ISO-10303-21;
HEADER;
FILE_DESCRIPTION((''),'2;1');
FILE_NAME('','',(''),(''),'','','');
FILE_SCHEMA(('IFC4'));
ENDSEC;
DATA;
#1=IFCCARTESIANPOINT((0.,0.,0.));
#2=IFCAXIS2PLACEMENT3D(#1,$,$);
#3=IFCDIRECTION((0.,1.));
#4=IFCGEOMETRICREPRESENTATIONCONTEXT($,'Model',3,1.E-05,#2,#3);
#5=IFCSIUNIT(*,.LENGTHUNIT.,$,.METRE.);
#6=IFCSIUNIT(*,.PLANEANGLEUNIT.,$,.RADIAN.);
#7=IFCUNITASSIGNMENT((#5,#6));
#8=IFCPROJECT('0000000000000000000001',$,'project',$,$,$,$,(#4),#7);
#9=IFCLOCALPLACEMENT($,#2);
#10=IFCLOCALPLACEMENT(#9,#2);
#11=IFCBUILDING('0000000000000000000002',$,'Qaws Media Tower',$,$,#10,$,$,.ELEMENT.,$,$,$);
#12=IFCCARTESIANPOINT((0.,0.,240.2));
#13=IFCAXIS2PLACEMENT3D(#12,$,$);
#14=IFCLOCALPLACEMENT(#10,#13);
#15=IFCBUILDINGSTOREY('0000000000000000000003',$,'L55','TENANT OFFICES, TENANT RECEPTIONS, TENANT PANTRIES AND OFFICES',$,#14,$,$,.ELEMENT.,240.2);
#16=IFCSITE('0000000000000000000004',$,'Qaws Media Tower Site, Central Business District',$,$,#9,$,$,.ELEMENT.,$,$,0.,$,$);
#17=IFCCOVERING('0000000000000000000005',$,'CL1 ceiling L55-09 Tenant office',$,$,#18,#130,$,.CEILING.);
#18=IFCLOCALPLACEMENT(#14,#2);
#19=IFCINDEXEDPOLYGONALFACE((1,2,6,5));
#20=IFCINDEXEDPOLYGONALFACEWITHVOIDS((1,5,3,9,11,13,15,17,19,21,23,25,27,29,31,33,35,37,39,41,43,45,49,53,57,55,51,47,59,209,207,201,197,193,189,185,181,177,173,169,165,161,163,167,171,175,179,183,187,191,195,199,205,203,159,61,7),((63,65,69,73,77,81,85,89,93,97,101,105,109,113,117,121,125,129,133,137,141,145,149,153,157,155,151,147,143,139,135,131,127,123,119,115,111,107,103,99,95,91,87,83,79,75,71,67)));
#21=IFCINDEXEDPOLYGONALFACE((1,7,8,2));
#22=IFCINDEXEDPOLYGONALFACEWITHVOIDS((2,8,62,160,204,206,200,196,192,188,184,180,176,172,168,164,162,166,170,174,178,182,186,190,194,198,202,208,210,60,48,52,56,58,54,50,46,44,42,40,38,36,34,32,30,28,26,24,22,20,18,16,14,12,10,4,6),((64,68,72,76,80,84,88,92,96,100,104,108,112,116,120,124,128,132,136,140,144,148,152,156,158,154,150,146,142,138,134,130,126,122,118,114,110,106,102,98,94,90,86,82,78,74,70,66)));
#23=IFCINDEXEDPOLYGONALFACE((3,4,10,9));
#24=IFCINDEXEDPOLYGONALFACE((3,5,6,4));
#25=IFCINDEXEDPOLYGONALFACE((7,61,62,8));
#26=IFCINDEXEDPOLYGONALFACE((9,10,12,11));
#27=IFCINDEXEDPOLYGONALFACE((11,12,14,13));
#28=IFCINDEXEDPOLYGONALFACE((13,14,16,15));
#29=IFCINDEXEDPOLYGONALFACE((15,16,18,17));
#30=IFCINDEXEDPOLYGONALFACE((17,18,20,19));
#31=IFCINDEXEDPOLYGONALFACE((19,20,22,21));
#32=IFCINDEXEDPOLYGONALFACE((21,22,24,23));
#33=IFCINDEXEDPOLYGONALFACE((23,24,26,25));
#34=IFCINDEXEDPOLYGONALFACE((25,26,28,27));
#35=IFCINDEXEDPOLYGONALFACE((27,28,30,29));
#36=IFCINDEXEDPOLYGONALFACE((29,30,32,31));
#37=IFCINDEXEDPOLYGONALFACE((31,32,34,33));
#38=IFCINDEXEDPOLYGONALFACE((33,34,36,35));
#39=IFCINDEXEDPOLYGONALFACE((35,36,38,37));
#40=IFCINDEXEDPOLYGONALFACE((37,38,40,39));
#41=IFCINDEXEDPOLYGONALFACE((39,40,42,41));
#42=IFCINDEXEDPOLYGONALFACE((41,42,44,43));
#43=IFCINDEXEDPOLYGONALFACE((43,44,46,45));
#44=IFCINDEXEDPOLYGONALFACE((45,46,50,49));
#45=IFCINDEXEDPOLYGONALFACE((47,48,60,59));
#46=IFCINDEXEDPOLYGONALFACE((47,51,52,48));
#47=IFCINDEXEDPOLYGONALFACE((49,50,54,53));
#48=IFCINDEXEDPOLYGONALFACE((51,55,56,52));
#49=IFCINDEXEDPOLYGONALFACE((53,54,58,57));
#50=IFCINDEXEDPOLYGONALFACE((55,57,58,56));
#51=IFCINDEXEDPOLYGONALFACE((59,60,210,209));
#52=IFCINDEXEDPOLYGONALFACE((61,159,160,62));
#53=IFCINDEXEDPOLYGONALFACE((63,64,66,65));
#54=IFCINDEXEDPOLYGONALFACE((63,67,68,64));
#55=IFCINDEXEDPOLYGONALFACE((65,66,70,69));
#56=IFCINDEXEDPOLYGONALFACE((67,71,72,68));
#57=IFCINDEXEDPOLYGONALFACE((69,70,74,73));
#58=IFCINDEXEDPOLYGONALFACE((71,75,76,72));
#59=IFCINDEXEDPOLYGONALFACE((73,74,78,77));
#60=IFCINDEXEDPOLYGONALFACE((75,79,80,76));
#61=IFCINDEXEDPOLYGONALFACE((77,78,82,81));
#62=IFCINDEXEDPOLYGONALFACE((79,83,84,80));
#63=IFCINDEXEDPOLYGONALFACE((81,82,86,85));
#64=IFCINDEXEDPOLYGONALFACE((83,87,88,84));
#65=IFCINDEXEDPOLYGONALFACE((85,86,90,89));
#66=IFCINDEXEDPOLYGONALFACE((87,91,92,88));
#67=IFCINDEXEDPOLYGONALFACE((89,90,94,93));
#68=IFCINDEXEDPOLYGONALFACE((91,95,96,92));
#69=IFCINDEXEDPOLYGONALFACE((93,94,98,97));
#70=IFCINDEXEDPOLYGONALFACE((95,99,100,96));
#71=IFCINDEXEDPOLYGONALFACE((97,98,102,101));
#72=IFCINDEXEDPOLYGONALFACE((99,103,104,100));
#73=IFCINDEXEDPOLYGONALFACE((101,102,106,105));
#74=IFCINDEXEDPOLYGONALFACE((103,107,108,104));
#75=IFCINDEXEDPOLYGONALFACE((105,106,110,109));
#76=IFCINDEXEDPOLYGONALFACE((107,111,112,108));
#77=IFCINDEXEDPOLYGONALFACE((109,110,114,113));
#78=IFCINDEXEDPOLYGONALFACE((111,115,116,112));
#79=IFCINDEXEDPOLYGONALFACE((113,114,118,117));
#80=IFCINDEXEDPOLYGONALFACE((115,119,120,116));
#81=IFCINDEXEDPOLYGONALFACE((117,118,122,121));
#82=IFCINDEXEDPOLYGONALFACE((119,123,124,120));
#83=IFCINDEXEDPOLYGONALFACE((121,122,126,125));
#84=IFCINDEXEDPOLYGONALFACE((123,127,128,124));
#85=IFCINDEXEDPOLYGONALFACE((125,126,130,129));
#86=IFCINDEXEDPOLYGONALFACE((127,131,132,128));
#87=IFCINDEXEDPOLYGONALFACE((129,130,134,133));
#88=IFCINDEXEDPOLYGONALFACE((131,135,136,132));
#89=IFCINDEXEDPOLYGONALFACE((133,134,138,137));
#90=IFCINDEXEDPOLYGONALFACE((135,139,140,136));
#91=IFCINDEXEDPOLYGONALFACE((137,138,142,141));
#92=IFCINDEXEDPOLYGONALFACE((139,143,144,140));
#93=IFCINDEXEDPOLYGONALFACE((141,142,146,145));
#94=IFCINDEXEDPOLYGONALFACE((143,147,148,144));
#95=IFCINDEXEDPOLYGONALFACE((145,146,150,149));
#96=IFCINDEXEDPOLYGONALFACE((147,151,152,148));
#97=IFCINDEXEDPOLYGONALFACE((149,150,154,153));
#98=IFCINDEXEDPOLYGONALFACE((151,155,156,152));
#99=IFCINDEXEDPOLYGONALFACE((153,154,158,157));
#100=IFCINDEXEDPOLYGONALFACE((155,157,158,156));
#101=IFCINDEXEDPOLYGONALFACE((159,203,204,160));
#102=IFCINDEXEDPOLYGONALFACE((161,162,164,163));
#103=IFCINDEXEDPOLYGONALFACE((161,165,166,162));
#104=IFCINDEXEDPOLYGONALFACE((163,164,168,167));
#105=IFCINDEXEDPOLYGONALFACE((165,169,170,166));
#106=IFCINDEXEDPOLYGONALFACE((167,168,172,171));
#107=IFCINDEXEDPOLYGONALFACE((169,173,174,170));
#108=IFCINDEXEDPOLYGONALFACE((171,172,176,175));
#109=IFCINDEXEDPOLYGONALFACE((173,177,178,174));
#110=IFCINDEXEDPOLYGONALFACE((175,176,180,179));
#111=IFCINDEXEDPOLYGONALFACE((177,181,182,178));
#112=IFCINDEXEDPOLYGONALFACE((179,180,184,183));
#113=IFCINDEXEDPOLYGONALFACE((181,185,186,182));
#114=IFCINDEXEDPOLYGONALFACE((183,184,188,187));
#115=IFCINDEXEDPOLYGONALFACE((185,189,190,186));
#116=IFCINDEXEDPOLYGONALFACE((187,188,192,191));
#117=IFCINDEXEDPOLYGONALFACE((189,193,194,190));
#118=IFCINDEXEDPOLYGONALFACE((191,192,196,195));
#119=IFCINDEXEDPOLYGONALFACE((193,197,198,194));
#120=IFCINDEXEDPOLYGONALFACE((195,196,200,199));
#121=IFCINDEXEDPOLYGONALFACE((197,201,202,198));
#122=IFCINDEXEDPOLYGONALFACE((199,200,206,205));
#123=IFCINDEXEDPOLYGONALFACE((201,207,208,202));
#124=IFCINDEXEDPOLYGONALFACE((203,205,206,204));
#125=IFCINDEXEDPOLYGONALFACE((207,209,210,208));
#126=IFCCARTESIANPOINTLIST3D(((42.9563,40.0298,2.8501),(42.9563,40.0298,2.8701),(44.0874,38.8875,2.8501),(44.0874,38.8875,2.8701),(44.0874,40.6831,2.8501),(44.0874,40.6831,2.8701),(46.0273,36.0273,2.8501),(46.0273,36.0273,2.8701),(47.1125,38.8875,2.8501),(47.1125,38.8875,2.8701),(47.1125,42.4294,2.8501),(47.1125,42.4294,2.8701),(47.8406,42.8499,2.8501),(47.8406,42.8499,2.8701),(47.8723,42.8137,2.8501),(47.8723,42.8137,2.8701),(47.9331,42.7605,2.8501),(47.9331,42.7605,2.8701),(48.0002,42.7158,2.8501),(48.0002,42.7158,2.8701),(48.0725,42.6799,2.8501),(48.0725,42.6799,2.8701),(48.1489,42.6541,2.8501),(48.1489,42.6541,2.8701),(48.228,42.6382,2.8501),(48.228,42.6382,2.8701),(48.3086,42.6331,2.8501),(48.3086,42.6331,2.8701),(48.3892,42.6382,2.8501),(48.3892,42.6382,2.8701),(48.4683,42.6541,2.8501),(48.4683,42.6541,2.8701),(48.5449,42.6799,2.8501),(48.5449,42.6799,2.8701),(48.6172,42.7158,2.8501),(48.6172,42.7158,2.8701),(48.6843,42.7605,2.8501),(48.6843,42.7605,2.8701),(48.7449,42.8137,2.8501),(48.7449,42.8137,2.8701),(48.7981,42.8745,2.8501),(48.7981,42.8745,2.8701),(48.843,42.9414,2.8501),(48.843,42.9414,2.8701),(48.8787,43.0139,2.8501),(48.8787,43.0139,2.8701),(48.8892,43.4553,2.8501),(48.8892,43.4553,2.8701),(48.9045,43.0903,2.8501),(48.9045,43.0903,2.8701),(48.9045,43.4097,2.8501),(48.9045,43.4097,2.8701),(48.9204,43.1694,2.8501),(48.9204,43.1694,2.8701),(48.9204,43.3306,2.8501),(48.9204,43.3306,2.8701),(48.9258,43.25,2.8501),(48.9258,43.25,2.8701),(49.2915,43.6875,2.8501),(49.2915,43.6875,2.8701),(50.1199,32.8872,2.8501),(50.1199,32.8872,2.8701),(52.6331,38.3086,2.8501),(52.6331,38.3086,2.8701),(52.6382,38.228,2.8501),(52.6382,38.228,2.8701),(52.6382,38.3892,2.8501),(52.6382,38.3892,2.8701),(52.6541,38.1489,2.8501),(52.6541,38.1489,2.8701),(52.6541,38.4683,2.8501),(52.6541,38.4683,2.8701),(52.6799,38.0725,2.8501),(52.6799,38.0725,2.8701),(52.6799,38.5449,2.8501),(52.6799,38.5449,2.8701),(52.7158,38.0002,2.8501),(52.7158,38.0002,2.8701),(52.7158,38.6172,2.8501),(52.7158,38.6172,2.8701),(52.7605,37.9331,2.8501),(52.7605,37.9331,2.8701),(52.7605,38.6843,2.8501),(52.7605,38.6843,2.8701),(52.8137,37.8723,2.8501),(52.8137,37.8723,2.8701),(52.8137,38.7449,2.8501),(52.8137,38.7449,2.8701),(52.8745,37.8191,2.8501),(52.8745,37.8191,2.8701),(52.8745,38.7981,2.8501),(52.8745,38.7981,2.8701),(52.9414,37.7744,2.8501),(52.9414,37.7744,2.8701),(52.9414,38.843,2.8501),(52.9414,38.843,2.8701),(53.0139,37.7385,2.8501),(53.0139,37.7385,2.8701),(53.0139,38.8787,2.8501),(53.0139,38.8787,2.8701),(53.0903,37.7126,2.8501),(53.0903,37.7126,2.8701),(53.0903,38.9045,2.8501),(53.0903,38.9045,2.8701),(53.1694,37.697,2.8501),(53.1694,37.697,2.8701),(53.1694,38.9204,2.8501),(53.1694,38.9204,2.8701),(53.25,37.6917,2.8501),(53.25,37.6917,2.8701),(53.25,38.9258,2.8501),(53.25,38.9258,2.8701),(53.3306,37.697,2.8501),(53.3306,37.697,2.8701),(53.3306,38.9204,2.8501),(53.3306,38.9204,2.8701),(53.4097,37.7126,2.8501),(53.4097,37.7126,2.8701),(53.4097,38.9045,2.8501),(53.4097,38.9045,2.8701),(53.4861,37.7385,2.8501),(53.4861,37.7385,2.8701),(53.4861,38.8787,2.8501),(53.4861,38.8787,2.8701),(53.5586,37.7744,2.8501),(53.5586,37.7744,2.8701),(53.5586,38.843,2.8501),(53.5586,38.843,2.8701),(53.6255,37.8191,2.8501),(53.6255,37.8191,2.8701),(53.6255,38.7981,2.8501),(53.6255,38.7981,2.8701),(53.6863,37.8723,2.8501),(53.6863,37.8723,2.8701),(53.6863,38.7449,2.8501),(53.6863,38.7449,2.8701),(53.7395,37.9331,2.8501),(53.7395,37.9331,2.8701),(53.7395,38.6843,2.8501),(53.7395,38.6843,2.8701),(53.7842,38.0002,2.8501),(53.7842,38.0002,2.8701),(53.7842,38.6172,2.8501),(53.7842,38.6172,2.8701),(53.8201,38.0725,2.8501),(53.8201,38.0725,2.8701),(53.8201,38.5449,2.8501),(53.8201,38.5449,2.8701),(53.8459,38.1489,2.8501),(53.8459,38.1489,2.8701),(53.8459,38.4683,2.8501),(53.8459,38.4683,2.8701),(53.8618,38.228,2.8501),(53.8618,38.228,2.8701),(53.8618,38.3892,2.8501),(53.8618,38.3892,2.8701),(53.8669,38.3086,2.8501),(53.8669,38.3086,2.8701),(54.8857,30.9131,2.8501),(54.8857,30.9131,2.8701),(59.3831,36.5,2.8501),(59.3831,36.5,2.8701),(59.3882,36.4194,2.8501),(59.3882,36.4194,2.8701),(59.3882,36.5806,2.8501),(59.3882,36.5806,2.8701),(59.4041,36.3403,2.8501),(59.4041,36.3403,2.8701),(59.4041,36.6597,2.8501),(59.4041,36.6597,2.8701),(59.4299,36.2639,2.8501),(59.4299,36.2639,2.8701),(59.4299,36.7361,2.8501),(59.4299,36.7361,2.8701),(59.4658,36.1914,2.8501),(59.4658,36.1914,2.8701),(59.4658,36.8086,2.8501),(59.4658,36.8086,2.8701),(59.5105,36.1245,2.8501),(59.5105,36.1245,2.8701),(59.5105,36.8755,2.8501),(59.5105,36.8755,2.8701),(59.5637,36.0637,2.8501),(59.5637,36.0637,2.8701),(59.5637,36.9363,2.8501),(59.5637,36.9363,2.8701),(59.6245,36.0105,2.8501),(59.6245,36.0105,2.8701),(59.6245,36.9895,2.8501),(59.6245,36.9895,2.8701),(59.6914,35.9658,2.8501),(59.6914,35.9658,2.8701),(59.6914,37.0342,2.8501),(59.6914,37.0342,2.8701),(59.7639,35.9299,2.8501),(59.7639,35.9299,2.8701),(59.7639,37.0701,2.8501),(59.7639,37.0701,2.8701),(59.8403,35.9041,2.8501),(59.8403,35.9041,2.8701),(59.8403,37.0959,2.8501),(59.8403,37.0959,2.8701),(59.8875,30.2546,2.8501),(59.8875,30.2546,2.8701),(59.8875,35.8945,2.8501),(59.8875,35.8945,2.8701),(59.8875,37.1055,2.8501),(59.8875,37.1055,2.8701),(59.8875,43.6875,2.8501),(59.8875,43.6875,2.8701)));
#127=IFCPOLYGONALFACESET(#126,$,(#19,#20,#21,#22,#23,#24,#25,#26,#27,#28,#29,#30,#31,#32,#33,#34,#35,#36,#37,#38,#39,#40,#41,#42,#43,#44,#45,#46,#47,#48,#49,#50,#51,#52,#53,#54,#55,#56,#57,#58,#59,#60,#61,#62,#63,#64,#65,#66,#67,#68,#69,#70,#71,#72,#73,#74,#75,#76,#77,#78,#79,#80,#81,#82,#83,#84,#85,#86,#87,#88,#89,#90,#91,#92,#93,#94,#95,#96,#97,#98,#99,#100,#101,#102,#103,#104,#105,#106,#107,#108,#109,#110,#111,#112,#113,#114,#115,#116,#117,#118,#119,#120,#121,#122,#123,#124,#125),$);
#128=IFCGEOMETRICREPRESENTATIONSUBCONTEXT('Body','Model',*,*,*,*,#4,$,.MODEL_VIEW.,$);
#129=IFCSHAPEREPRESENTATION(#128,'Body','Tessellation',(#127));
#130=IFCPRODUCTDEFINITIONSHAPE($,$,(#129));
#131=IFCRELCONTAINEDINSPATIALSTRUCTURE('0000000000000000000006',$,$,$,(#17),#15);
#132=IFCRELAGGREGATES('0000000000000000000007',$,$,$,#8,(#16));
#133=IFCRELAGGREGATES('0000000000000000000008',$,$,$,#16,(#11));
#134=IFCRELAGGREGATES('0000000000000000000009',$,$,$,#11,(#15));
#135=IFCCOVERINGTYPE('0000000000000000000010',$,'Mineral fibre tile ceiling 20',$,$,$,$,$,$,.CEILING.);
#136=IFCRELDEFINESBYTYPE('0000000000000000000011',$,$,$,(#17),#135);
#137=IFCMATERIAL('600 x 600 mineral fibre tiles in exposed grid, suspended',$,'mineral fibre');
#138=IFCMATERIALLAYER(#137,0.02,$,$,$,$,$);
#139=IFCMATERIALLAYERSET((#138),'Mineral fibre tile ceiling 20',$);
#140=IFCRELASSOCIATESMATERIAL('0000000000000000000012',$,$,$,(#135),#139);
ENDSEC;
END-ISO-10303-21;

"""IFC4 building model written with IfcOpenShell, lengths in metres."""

from ifc_helpers import new_model, si_unit, direction, frame, origin, place, context, subcontext, project, spatial, polyline, outline, extrude, material, layer, layer_set, type_object, element, save


model = new_model("IFC4")

# Units and contexts
model_context = context("Model", 3, precision=1e-05, world=origin(), true_north=direction((0.0, 1.0)))
body_context = subcontext(model_context, "Body", "Model", "MODEL_VIEW")
ifc_project = project(units=[si_unit("LENGTHUNIT", "METRE"), si_unit("PLANEANGLEUNIT", "RADIAN")], contexts=[model_context])

# Site, building, storey
site_placement = place(None, origin())
site = spatial("IfcSite", under=ifc_project, at=site_placement, Name="Qaws Media Tower Site, Central Business District", CompositionType="ELEMENT", RefElevation=0.0)
building_placement = place(site_placement, origin())
building = spatial("IfcBuilding", under=site, at=building_placement, Name="Qaws Media Tower", CompositionType="ELEMENT")
storey_placement = place(building_placement, frame((0.0, 0.0, 240.2)))
storey = spatial("IfcBuildingStorey", under=building, at=storey_placement, Name="L55", Description="TENANT OFFICES, TENANT RECEPTIONS, TENANT PANTRIES AND OFFICES", CompositionType="ELEMENT", Elevation=240.2)

# Covering
ifc_material_1 = material(Name="600 x 600 mineral fibre tiles in exposed grid, suspended", Category="mineral fibre")
ifc_layer_1 = layer(ifc_material_1, 0.02)
ifc_layer_set_1 = layer_set([ifc_layer_1], Name="Mineral fibre tile ceiling 20")
covering_type_1 = type_object("IfcCoveringType", Name="Mineral fibre tile ceiling 20", PredefinedType="CEILING", material=ifc_layer_set_1)
covering_1_placement = place(storey_placement, frame((0.0, 0.0, 2.8501)))
element("IfcCovering", 1, at=covering_1_placement, inside=storey, type_object=covering_type_1, Name="CL1 ceiling L55-09 Tenant office", PredefinedType="CEILING", context=body_context, shape_type="SweptSolid", body=[
    extrude(outline(polyline([(54.8857, 30.9131), (50.1199, 32.8872), (46.0273, 36.0273), (42.9563, 40.0298), (44.0874, 40.6831), (44.0874, 38.8875), (47.1125, 38.8875), (47.1125, 42.4294), (47.8406, 42.8499), (47.8723, 42.8137), (47.9331, 42.7605), (48.0002, 42.7158), (48.0725, 42.6799), (48.1489, 42.6541), (48.228, 42.6382), (48.3086, 42.6331), (48.3892, 42.6382), (48.4683, 42.6541), (48.5449, 42.6799), (48.6172, 42.7158), (48.6843, 42.7605), (48.7449, 42.8137), (48.7981, 42.8745), (48.843, 42.9414), (48.8787, 43.0139), (48.9045, 43.0903), (48.9204, 43.1694), (48.9258, 43.25), (48.9204, 43.3306), (48.9045, 43.4097), (48.8892, 43.4553), (49.2915, 43.6875), (59.8875, 43.6875), (59.8875, 37.1055), (59.8403, 37.0959), (59.7639, 37.0701), (59.6914, 37.0342), (59.6245, 36.9895), (59.5637, 36.9363), (59.5105, 36.8755), (59.4658, 36.8086), (59.4299, 36.7361), (59.4041, 36.6597), (59.3882, 36.5806), (59.3831, 36.5), (59.3882, 36.4194), (59.4041, 36.3403), (59.4299, 36.2639), (59.4658, 36.1914), (59.5105, 36.1245), (59.5637, 36.0637), (59.6245, 36.0105), (59.6914, 35.9658), (59.7639, 35.9299), (59.8403, 35.9041), (59.8875, 35.8945), (59.8875, 30.2546), (54.8857, 30.9131)]), holes=[polyline([(53.8459, 38.1489), (53.8618, 38.228), (53.8669, 38.3086), (53.8618, 38.3892), (53.8459, 38.4683), (53.8201, 38.5449), (53.7842, 38.6172), (53.7395, 38.6843), (53.6863, 38.7449), (53.6255, 38.7981), (53.5586, 38.843), (53.4861, 38.8787), (53.4097, 38.9045), (53.3306, 38.9204), (53.25, 38.9258), (53.1694, 38.9204), (53.0903, 38.9045), (53.0139, 38.8787), (52.9414, 38.843), (52.8745, 38.7981), (52.8137, 38.7449), (52.7605, 38.6843), (52.7158, 38.6172), (52.6799, 38.5449), (52.6541, 38.4683), (52.6382, 38.3892), (52.6331, 38.3086), (52.6382, 38.228), (52.6541, 38.1489), (52.6799, 38.0725), (52.7158, 38.0002), (52.7605, 37.9331), (52.8137, 37.8723), (52.8745, 37.8191), (52.9414, 37.7744), (53.0139, 37.7385), (53.0903, 37.7126), (53.1694, 37.697), (53.25, 37.6917), (53.3306, 37.697), (53.4097, 37.7126), (53.4861, 37.7385), (53.5586, 37.7744), (53.6255, 37.8191), (53.6863, 37.8723), (53.7395, 37.9331), (53.7842, 38.0002), (53.8201, 38.0725), (53.8459, 38.1489)])]), origin(), (0.0, 0.0, 1.0), 0.02),
])

save(model, "model.ifc")
